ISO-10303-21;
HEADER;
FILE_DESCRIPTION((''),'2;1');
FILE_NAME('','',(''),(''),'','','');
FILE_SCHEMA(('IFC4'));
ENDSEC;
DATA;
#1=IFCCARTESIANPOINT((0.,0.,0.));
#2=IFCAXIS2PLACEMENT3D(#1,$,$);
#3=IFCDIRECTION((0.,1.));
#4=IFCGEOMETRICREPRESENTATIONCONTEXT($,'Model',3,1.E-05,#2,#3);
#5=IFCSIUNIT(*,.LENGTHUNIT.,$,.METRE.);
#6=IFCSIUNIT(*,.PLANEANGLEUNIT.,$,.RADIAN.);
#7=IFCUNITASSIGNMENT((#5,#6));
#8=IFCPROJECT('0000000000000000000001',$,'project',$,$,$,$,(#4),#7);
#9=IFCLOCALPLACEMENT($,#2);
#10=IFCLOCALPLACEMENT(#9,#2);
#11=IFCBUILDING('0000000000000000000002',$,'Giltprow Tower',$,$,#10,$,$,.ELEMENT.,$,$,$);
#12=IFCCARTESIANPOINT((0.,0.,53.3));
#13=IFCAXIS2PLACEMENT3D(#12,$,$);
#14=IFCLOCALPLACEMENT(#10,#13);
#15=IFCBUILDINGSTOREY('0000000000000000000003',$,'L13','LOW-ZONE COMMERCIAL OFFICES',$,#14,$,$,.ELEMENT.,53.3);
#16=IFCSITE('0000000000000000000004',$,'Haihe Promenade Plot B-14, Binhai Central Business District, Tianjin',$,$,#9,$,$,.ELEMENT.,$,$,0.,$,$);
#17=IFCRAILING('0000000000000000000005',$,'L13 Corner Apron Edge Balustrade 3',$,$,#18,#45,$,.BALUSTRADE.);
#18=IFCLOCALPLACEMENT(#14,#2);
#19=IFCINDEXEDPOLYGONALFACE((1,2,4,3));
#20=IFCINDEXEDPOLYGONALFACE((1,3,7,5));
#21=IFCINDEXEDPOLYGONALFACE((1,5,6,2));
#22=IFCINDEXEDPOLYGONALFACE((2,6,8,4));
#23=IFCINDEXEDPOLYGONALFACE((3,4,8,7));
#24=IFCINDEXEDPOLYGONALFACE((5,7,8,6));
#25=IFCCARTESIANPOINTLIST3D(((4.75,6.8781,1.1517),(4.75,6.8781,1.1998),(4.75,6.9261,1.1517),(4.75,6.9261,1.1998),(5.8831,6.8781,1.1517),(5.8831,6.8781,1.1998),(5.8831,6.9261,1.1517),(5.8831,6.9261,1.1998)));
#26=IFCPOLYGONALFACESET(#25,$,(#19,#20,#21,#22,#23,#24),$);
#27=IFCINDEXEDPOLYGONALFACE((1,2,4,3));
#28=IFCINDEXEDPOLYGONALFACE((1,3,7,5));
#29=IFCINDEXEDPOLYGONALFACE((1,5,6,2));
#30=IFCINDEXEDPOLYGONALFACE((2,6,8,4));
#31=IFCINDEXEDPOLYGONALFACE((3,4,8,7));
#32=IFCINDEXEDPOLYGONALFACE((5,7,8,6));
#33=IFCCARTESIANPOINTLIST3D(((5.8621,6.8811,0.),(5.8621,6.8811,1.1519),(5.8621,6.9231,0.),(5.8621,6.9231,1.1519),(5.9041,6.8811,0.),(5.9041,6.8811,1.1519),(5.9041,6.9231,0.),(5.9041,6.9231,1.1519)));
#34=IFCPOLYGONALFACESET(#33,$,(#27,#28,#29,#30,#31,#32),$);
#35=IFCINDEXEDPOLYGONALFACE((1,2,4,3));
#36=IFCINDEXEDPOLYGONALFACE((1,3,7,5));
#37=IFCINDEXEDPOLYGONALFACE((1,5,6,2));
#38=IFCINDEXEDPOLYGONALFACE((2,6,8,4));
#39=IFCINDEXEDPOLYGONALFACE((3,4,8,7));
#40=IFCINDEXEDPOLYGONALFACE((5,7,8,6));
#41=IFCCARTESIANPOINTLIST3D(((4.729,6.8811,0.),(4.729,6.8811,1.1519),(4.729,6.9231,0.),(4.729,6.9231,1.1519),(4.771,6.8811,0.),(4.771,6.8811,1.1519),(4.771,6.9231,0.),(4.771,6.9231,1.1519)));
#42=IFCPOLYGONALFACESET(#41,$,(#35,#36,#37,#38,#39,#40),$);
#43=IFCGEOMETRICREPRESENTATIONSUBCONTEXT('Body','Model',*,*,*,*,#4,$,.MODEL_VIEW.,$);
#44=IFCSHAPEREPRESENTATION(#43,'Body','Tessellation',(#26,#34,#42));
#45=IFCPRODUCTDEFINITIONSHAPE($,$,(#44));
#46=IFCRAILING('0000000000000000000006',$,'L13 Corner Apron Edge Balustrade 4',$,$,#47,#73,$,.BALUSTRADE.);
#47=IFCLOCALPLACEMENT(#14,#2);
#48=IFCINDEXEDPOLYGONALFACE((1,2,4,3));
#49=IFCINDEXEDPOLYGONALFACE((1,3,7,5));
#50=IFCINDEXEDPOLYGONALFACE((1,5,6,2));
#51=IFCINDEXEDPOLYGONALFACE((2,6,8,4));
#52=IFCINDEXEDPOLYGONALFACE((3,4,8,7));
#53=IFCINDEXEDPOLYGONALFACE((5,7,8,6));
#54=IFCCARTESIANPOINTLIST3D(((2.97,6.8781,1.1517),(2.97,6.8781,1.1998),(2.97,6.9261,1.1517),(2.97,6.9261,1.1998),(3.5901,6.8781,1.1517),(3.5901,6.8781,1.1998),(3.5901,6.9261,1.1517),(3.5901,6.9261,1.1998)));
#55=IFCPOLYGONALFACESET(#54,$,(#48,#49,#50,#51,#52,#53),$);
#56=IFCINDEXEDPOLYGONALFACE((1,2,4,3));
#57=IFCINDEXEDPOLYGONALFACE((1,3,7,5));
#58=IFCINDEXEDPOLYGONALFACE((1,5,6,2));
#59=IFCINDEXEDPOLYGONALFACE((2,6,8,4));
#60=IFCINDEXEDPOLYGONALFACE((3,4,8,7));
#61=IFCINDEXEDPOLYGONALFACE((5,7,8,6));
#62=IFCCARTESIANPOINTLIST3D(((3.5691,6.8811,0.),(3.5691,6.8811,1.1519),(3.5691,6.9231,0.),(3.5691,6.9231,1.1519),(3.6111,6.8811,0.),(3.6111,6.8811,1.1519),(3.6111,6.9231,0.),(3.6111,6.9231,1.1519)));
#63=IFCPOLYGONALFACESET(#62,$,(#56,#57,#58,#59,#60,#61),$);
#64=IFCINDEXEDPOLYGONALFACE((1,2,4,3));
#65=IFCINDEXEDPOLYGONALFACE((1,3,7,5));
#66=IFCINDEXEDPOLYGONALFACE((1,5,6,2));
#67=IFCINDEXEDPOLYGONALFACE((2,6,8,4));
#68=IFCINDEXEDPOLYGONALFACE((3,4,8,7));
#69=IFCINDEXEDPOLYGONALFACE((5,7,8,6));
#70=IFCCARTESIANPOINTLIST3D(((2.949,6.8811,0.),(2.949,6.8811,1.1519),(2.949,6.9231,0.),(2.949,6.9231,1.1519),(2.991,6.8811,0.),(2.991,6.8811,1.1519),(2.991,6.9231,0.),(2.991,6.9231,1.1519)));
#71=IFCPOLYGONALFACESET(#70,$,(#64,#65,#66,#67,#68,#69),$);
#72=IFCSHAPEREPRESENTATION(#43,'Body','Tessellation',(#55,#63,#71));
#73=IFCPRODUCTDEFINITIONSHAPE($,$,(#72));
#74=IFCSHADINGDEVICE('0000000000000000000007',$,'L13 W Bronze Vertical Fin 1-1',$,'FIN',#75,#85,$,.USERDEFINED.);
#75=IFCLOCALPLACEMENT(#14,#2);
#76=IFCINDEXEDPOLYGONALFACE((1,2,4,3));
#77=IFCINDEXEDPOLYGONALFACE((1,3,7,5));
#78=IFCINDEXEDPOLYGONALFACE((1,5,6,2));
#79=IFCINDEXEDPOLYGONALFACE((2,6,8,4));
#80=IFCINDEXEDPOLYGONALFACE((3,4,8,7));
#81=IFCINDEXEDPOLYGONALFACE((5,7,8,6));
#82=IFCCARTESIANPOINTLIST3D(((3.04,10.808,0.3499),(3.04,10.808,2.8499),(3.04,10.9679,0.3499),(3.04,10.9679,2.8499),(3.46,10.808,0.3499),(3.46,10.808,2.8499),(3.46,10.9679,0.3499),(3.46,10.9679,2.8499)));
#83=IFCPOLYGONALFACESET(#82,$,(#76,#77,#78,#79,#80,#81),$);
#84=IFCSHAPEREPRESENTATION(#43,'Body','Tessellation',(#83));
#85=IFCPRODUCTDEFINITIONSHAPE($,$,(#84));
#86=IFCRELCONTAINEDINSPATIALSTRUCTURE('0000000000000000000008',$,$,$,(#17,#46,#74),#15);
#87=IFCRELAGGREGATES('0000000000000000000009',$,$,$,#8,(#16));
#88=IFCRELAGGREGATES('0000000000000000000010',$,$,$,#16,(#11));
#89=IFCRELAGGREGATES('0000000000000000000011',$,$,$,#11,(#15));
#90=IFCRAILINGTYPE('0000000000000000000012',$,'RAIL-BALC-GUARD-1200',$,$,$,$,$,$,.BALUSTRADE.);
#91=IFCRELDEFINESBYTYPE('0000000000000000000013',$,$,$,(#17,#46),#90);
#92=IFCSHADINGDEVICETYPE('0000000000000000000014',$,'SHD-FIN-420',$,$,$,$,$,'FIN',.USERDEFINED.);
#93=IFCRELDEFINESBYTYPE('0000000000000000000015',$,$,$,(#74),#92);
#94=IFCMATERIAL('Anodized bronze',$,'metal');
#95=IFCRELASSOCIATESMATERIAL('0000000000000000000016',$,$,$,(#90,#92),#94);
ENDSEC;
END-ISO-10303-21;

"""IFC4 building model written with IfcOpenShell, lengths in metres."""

from ifc_helpers import new_model, si_unit, direction, frame, origin, origin_2d, place, context, subcontext, project, spatial, rectangle, extrude, source, transform, mapped, material, type_object, element, save


model = new_model("IFC4")

# Units and contexts
model_context = context("Model", 3, precision=1e-05, world=origin(), true_north=direction((0.0, 1.0)))
body_context = subcontext(model_context, "Body", "Model", "MODEL_VIEW")
ifc_project = project(units=[si_unit("LENGTHUNIT", "METRE"), si_unit("PLANEANGLEUNIT", "RADIAN")], contexts=[model_context])

# Site, building, storey
site_placement = place(None, origin())
site = spatial("IfcSite", under=ifc_project, at=site_placement, Name="Haihe Promenade Plot B-14, Binhai Central Business District, Tianjin", CompositionType="ELEMENT", RefElevation=0.0)
building_placement = place(site_placement, origin())
building = spatial("IfcBuilding", under=site, at=building_placement, Name="Giltprow Tower", CompositionType="ELEMENT")
storey_placement = place(building_placement, frame((0.0, 0.0, 53.3)))
storey = spatial("IfcBuildingStorey", under=building, at=storey_placement, Name="L13", Description="LOW-ZONE COMMERCIAL OFFICES", CompositionType="ELEMENT", Elevation=53.3)

# Shared definitions
ifc_material_1 = material(Name="Anodized bronze", Category="metal")

# Railings
railing_type = type_object("IfcRailingType", Name="RAIL-BALC-GUARD-1200", PredefinedType="BALUSTRADE", material=ifc_material_1)
railing_1_placement = place(storey_placement, frame((5.8831, 6.9021, 0.0)))
element("IfcRailing", 1, at=railing_1_placement, inside=storey, type_object=railing_type, Name="L13 Corner Apron Edge Balustrade 3", PredefinedType="BALUSTRADE", context=body_context, shape_type="SweptSolid", body=[
    extrude(rectangle(XDim=0.0481, YDim=0.0481, at=origin_2d()), frame((0.0, 0.0, 1.1758), z_axis=(-1.0, 0.0, 0.0), x_axis=(0.0, -1.0, 0.0)), (0.0, 0.0, 1.0), 1.1331),
    extrude(rectangle(XDim=0.042, YDim=0.042, at=origin_2d()), origin(), (0.0, 0.0, 1.0), 1.1519),
    extrude(rectangle(XDim=0.042, YDim=0.042, at=origin_2d()), frame((-1.1331, 0.0, 0.0)), (0.0, 0.0, 1.0), 1.1519),
])
railing_2_placement = place(storey_placement, frame((3.5901, 6.9021, 0.0)))
element("IfcRailing", 2, at=railing_2_placement, inside=storey, type_object=railing_type, Name="L13 Corner Apron Edge Balustrade 4", PredefinedType="BALUSTRADE", context=body_context, shape_type="SweptSolid", body=[
    extrude(rectangle(XDim=0.0481, YDim=0.0481, at=origin_2d()), frame((0.0, 0.0, 1.1758), z_axis=(-1.0, 0.0, 0.0), x_axis=(0.0, -1.0, 0.0)), (0.0, 0.0, 1.0), 0.6201),
    extrude(rectangle(XDim=0.042, YDim=0.042, at=origin_2d()), origin(), (0.0, 0.0, 1.0), 1.1519),
    extrude(rectangle(XDim=0.042, YDim=0.042, at=origin_2d()), frame((-0.6201, 0.0, 0.0)), (0.0, 0.0, 1.0), 1.1519),
])

# Shading device
shading_device_type = type_object("IfcShadingDeviceType", Name="SHD-FIN-420", ElementType="FIN", PredefinedType="USERDEFINED", material=ifc_material_1)
shared_shape_1 = source(origin(), body_context, "Body", "SweptSolid", [
    extrude(rectangle(XDim=0.4199, YDim=0.1599, at=origin_2d()), origin(), (0.0, 0.0, 1.0), 2.5),
])
shading_device_placement = place(storey_placement, frame((3.25, 10.8879, 0.3499), z_axis=(0.0, 0.0, 1.0), x_axis=(1.0, 0.0, 0.0)))
element("IfcShadingDevice", 3, at=shading_device_placement, inside=storey, type_object=shading_device_type, Name="L13 W Bronze Vertical Fin 1-1", ObjectType="FIN", PredefinedType="USERDEFINED", context=body_context, shape_type="MappedRepresentation", body=[
    mapped(shared_shape_1, transform((0.0, 0.0, 0.0), x_axis=(1.0, 0.0, 0.0), y_axis=(0.0, 1.0, 0.0), z_axis=(0.0, 0.0, 1.0), scale=1.0)),
])

save(model, "model.ifc")
